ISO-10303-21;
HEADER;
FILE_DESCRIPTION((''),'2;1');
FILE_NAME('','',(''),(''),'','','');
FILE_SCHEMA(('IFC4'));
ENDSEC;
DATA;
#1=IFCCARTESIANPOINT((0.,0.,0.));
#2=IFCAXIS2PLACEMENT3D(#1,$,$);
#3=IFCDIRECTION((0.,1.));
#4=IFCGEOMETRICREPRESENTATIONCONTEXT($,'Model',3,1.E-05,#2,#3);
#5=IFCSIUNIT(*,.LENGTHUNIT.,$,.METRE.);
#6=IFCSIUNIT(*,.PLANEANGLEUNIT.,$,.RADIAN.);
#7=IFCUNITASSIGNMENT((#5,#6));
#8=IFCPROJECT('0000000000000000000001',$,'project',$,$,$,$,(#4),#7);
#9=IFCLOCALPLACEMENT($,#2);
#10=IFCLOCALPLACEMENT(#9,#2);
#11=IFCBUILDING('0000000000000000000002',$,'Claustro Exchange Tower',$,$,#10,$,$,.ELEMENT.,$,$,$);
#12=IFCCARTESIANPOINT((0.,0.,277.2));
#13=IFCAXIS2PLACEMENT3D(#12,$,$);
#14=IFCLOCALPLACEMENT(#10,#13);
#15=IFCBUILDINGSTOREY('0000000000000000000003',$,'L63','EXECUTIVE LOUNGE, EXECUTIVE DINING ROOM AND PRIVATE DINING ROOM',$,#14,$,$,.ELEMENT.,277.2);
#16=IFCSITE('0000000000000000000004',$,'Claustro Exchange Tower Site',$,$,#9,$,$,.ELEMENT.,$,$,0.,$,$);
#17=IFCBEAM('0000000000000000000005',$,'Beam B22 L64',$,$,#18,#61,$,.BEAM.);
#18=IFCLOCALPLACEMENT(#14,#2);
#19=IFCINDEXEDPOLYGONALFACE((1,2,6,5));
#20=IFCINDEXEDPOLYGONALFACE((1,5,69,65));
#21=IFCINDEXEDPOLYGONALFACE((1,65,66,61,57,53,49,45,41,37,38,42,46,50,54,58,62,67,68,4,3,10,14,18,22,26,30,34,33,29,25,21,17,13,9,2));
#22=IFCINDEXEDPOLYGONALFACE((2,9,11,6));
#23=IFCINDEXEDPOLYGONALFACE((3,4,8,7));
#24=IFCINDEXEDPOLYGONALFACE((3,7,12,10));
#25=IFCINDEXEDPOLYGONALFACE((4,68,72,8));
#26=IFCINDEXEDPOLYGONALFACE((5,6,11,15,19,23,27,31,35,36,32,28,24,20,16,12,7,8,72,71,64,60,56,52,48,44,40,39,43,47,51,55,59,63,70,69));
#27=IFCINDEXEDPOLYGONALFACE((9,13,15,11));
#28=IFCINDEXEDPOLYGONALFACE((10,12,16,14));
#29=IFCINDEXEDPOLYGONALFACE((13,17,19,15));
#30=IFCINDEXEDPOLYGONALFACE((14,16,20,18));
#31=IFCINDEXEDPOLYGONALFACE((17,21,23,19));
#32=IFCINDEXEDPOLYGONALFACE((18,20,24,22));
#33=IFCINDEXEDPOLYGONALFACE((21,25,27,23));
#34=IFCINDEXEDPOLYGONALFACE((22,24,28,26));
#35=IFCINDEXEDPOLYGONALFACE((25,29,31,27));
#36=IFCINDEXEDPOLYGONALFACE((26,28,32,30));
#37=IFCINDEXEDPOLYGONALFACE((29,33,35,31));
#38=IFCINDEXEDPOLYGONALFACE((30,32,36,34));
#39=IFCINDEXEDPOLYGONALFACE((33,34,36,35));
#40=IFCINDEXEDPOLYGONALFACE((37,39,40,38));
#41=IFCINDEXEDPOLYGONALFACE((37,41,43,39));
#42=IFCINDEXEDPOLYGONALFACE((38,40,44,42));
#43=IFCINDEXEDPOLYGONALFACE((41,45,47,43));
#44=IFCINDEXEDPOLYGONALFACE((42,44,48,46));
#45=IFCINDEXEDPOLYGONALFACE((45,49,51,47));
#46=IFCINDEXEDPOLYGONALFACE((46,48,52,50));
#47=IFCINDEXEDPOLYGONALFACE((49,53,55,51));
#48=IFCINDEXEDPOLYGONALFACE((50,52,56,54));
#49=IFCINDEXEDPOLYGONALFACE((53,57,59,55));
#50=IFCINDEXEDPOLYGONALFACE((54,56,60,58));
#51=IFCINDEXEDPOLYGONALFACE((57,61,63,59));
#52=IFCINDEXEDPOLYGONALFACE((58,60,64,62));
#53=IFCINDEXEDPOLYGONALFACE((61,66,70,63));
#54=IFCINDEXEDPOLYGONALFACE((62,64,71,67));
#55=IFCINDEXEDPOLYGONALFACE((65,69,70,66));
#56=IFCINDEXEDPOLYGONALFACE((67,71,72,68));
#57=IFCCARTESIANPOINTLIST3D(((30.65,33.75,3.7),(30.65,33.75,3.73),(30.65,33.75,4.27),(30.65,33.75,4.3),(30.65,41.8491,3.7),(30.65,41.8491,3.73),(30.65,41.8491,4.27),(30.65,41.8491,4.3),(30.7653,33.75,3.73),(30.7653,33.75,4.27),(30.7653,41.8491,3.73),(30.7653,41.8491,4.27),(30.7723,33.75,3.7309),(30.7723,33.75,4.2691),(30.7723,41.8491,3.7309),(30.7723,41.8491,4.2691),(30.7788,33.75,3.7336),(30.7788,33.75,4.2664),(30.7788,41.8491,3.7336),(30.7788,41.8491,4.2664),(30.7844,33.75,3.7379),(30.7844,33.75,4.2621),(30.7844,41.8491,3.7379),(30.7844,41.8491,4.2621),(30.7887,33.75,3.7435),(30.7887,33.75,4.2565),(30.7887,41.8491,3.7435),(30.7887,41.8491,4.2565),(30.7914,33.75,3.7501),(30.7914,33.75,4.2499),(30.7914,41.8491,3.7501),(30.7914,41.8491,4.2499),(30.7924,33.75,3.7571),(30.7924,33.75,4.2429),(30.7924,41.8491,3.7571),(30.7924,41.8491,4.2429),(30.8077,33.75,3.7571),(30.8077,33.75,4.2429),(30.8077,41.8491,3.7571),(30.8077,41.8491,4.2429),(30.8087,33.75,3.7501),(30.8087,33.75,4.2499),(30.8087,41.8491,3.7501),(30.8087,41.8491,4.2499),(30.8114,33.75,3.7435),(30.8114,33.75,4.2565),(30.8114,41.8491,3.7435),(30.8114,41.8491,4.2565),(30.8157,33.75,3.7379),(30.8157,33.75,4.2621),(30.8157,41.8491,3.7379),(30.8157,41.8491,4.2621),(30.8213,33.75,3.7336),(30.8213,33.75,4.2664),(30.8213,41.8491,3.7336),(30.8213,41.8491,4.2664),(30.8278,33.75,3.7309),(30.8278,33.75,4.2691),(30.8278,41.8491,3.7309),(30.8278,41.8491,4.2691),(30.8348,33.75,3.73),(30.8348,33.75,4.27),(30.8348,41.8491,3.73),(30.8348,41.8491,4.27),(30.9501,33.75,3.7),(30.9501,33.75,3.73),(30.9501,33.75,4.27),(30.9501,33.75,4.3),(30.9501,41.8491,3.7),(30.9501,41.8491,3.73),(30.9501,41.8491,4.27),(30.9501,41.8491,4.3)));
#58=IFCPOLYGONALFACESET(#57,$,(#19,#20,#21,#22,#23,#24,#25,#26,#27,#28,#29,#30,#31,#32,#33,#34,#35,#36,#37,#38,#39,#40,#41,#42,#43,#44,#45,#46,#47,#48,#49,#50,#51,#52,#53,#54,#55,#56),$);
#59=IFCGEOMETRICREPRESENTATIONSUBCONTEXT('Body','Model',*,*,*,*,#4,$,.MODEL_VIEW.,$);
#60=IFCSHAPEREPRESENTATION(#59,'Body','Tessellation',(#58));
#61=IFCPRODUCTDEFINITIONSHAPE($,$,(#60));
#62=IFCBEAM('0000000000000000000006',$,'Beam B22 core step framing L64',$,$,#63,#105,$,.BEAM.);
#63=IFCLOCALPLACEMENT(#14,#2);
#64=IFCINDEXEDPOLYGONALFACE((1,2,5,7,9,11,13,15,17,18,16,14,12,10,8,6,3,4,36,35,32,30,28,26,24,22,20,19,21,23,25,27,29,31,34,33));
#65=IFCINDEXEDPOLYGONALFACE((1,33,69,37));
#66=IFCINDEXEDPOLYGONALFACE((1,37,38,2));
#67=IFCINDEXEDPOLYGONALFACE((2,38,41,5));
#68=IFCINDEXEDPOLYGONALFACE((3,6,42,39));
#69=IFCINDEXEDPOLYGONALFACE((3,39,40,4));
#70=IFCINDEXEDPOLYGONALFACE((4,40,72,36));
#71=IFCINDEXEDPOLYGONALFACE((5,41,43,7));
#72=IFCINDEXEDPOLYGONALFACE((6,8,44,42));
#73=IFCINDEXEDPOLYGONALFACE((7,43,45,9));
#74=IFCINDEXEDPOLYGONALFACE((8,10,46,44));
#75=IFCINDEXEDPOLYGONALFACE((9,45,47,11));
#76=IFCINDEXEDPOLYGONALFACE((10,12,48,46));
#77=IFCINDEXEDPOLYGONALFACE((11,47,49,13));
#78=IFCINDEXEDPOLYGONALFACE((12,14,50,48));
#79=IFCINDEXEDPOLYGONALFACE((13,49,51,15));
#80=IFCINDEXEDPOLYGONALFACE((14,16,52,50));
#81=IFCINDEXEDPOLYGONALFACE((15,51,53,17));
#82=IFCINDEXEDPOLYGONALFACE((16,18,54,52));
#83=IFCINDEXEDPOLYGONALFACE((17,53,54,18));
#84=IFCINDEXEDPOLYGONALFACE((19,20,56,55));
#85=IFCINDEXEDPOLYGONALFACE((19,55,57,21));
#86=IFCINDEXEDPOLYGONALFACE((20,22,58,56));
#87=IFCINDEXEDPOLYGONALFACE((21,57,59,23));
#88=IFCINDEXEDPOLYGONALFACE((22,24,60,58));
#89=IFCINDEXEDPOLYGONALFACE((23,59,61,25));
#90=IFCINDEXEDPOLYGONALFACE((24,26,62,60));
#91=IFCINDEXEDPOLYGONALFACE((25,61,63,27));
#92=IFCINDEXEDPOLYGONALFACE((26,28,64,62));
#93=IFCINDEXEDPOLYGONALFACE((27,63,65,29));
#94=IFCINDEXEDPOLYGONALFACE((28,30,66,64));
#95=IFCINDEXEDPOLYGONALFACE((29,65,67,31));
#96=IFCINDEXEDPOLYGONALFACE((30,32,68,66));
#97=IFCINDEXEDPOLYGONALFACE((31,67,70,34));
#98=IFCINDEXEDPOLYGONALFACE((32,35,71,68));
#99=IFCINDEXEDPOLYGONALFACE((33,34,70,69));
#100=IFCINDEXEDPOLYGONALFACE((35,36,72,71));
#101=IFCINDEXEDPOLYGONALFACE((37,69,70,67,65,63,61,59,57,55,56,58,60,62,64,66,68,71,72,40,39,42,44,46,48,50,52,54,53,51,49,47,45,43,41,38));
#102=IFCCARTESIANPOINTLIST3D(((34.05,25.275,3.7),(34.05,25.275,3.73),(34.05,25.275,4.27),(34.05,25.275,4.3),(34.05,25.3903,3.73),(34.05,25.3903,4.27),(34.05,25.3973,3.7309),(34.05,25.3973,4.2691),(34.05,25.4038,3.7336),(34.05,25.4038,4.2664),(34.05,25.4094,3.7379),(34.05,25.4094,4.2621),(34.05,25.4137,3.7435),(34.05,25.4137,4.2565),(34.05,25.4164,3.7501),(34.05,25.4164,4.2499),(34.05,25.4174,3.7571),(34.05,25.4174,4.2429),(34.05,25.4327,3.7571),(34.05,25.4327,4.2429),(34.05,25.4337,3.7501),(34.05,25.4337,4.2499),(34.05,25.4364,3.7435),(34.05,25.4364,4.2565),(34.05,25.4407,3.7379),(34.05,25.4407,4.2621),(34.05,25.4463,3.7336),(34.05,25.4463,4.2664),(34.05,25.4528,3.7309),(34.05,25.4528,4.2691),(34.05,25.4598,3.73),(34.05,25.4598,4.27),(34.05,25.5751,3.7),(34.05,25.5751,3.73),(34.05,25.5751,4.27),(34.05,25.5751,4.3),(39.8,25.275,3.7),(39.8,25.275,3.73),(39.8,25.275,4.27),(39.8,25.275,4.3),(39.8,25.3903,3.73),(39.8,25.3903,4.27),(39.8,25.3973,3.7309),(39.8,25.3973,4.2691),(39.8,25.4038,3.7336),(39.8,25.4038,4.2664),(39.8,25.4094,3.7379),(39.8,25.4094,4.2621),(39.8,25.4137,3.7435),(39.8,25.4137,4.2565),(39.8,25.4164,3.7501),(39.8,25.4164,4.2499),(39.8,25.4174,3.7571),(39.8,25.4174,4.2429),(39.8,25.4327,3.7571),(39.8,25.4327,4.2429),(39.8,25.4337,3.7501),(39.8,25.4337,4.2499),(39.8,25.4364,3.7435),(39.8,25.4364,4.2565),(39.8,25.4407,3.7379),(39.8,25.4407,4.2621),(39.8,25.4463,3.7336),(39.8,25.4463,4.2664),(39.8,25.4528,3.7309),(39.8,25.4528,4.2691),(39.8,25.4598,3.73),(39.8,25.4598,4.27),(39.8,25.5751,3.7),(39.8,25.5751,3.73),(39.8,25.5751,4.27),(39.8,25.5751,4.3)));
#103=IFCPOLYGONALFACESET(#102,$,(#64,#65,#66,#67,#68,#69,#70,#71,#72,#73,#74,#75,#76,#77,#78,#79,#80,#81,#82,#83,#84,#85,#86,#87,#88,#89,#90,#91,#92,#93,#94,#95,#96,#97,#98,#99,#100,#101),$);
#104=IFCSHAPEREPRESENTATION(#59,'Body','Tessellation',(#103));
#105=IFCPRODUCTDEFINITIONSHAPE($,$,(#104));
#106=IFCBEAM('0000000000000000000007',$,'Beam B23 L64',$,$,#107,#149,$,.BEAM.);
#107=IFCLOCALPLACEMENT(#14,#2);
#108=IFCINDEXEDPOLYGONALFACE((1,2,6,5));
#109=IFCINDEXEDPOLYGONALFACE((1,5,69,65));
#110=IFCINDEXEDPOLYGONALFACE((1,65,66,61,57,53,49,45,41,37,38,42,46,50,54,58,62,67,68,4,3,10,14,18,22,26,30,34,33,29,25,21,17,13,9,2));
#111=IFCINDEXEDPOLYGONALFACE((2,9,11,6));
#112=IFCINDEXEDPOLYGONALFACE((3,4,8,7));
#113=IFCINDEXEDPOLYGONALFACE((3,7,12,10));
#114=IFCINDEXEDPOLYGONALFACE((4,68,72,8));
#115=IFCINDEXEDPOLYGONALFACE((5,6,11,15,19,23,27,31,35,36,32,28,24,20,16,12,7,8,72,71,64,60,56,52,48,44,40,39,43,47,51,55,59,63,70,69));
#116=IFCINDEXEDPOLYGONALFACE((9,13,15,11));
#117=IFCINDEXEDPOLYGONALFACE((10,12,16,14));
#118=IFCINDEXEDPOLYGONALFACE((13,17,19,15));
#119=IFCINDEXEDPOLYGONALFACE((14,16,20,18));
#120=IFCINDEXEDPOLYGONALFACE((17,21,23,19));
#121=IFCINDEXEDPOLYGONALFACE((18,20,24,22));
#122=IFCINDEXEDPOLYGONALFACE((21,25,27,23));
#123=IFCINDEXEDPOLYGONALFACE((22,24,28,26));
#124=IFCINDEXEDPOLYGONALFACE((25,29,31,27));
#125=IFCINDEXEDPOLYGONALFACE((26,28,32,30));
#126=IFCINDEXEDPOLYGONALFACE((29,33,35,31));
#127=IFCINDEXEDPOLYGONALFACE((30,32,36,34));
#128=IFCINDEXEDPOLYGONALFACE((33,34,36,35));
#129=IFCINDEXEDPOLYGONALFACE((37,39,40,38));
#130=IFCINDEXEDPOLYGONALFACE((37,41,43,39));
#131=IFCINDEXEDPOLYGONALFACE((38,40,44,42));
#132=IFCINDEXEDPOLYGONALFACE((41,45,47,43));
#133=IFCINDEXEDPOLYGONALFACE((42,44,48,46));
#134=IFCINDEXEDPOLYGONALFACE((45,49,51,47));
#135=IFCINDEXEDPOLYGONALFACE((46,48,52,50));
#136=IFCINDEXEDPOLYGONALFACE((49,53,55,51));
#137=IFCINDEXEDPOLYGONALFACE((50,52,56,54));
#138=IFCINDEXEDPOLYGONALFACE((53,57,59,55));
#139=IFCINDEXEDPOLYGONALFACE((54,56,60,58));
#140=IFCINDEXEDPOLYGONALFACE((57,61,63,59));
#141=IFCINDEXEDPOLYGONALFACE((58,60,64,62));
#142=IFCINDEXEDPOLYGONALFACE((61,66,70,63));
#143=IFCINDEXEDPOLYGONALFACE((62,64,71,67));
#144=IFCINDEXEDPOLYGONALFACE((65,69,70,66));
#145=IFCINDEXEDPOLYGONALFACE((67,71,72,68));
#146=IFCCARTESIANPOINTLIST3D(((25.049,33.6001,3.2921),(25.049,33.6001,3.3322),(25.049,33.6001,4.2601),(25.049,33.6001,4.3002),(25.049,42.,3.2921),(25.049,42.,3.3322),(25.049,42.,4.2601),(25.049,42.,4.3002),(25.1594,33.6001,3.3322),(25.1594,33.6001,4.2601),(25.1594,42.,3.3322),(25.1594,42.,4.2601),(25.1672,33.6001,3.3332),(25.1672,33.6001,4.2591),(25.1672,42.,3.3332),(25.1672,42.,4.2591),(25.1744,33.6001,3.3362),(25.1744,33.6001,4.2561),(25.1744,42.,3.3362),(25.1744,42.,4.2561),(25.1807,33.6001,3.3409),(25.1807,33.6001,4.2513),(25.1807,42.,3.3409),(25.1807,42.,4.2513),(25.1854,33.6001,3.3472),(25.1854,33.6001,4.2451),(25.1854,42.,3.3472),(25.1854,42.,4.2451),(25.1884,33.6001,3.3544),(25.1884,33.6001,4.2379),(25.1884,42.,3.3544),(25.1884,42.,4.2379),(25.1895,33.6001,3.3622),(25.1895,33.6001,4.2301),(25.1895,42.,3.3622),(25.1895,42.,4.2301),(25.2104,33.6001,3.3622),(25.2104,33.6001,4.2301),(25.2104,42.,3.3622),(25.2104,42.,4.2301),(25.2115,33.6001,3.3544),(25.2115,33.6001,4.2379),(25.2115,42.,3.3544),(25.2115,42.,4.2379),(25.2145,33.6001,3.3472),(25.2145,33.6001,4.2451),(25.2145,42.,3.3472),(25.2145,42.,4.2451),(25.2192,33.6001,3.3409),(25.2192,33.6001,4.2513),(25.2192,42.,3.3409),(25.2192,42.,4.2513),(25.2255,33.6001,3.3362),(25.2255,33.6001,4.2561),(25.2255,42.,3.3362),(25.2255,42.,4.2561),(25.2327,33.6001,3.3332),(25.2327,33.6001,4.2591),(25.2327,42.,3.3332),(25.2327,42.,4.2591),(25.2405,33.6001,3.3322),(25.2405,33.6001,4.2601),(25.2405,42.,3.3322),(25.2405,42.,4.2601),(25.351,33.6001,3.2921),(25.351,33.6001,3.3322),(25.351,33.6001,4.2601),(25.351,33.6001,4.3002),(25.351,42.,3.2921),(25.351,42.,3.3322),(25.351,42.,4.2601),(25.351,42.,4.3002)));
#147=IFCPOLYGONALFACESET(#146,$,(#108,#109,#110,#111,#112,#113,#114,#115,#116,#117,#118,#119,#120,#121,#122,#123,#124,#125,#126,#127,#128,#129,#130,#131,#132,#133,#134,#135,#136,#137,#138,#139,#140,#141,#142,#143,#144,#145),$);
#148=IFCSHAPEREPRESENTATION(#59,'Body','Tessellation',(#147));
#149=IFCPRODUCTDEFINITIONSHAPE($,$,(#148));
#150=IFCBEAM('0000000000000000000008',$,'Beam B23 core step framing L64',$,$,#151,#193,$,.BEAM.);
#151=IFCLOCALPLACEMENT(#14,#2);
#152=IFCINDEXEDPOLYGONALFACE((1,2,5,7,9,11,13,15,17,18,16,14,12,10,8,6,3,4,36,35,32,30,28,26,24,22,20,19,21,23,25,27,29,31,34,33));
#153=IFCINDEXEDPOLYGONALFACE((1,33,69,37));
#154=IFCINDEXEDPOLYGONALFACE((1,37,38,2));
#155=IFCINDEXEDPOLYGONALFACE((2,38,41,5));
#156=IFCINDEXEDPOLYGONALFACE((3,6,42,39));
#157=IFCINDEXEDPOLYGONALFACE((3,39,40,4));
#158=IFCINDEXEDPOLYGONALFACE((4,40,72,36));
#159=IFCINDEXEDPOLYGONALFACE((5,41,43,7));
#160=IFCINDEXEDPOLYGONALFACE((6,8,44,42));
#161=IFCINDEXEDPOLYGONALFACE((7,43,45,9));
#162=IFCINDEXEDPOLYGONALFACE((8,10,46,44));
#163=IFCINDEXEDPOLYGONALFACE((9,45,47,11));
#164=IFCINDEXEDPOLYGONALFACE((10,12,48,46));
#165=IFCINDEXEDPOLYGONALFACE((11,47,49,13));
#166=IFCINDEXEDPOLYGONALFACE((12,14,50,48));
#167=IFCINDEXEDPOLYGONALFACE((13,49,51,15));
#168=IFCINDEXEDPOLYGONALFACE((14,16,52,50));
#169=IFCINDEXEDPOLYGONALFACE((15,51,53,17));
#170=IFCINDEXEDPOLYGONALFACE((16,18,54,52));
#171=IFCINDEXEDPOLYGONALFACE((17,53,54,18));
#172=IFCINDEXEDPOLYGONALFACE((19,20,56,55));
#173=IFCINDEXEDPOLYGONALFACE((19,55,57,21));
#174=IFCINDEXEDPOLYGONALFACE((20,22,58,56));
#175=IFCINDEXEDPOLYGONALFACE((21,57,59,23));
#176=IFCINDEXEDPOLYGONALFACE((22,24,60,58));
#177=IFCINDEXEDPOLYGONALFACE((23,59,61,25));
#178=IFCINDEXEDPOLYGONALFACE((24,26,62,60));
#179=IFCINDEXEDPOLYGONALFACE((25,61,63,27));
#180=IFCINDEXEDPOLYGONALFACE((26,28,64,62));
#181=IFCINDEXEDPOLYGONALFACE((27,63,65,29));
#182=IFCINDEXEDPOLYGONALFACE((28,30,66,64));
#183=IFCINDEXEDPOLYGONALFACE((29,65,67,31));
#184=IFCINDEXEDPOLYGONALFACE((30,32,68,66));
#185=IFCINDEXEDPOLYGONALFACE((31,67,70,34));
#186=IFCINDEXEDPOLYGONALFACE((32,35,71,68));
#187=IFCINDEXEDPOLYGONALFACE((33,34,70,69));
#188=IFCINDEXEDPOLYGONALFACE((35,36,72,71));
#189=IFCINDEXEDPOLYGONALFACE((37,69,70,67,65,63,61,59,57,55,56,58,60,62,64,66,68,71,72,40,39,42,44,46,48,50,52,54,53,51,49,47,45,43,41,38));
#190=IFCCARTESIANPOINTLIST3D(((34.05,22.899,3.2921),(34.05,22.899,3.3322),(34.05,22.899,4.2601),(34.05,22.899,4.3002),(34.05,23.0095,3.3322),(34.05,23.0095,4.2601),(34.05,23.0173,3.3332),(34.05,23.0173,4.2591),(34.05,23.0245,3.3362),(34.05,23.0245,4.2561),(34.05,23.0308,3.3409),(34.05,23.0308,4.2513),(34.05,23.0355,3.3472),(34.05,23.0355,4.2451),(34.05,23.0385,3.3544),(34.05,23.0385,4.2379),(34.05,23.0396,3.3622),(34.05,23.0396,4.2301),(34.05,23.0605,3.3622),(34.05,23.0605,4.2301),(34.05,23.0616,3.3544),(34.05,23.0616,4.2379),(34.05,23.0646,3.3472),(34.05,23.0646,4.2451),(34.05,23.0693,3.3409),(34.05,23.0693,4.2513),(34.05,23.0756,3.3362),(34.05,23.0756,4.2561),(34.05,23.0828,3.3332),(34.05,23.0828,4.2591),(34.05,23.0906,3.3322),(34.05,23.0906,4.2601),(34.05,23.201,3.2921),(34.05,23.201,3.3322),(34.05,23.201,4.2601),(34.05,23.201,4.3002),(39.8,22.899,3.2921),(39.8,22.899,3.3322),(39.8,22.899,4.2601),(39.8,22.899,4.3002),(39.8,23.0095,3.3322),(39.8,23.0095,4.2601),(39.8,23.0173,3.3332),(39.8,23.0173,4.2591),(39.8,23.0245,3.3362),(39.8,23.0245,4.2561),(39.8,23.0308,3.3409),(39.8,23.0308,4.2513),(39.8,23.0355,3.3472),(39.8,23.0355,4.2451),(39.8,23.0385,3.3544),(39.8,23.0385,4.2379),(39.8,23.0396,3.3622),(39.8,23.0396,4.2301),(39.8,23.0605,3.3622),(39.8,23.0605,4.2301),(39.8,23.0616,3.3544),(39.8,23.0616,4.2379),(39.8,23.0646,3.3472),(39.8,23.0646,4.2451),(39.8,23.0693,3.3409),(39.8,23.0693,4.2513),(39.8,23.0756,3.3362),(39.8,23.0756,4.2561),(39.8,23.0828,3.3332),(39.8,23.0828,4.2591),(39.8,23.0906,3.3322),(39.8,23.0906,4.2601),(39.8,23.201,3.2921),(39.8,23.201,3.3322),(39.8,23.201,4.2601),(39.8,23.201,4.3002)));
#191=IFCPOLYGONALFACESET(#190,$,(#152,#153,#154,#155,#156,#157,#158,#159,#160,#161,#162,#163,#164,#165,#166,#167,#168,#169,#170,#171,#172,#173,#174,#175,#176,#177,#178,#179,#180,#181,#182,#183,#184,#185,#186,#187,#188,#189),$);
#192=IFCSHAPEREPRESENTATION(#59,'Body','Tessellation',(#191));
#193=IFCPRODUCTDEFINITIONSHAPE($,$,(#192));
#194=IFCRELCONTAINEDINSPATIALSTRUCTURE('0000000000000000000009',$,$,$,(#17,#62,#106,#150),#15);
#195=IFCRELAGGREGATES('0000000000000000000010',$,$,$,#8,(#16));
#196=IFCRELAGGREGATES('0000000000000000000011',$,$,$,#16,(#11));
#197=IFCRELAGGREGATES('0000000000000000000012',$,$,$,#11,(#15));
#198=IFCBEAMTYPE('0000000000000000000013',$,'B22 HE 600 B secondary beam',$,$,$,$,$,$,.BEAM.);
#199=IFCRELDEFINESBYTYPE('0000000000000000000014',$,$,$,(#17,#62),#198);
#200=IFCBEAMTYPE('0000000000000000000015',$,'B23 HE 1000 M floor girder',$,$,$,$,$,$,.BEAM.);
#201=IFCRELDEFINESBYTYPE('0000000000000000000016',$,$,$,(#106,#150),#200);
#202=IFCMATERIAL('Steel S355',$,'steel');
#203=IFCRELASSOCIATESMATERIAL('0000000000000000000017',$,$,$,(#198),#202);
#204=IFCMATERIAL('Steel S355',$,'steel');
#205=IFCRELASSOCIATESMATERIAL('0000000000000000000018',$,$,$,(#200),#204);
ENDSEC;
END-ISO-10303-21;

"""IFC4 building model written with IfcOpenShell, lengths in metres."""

from ifc_helpers import new_model, si_unit, direction, frame, origin, origin_2d, place, context, subcontext, project, spatial, i_section, extrude, material, material_profile, profile_set, type_object, element, save


model = new_model("IFC4")

# Units and contexts
model_context = context("Model", 3, precision=1e-05, world=origin(), true_north=direction((0.0, 1.0)))
body_context = subcontext(model_context, "Body", "Model", "MODEL_VIEW")
ifc_project = project(units=[si_unit("LENGTHUNIT", "METRE"), si_unit("PLANEANGLEUNIT", "RADIAN")], contexts=[model_context])

# Site, building, storey
site_placement = place(None, origin())
site = spatial("IfcSite", under=ifc_project, at=site_placement, Name="Claustro Exchange Tower Site", CompositionType="ELEMENT", RefElevation=0.0)
building_placement = place(site_placement, origin())
building = spatial("IfcBuilding", under=site, at=building_placement, Name="Claustro Exchange Tower", CompositionType="ELEMENT")
storey_placement = place(building_placement, frame((0.0, 0.0, 277.2)))
storey = spatial("IfcBuildingStorey", under=building, at=storey_placement, Name="L63", Description="EXECUTIVE LOUNGE, EXECUTIVE DINING ROOM AND PRIVATE DINING ROOM", CompositionType="ELEMENT", Elevation=277.2)

# Beams
ifc_material_1 = material(Name="Steel S355", Category="steel")
ifc_material_profile_1 = material_profile(ifc_material_1, i_section(OverallWidth=0.3, OverallDepth=0.6001, WebThickness=0.0154, FlangeThickness=0.03, FilletRadius=0.0271, at=origin_2d()), Name="HE 600 B")
ifc_profile_set_1 = profile_set([ifc_material_profile_1], Name="Steel S355")
beam_type_1 = type_object("IfcBeamType", Name="B22 HE 600 B secondary beam", PredefinedType="BEAM", material=ifc_profile_set_1)
for number, where, z_axis, x_axis, name in (
    (1, (30.8, 33.75, 4.0), (0.0, 1.0, 0.0), (-1.0, 0.0, 0.0), "Beam B22 L64"),
):
    element("IfcBeam", number, at=place(storey_placement, frame(where, z_axis=z_axis, x_axis=x_axis)), inside=storey, type_object=beam_type_1, Name=name, PredefinedType="BEAM", context=body_context, shape_type="SweptSolid", body=[
        extrude(i_section(OverallWidth=0.3, OverallDepth=0.6001, WebThickness=0.0154, FlangeThickness=0.03, FilletRadius=0.0271, at=origin_2d()), origin(), (0.0, 0.0, 1.0), 8.0991),
    ])
beam_1_placement = place(storey_placement, frame((34.05, 25.425, 4.0), z_axis=(1.0, 0.0, 0.0), x_axis=(0.0, 1.0, 0.0)))
element("IfcBeam", 2, at=beam_1_placement, inside=storey, type_object=beam_type_1, Name="Beam B22 core step framing L64", PredefinedType="BEAM", context=body_context, shape_type="SweptSolid", body=[
    extrude(i_section(OverallWidth=0.3, OverallDepth=0.6001, WebThickness=0.0154, FlangeThickness=0.03, FilletRadius=0.0271, at=origin_2d()), origin(), (0.0, 0.0, 1.0), 5.75),
])
ifc_material_2 = material(Name="Steel S355", Category="steel")
ifc_material_profile_2 = material_profile(ifc_material_2, i_section(OverallWidth=0.302, OverallDepth=1.0081, WebThickness=0.021, FlangeThickness=0.04, FilletRadius=0.03, at=origin_2d()), Name="HE 1000 M")
ifc_profile_set_2 = profile_set([ifc_material_profile_2], Name="Steel S355")
beam_type_2 = type_object("IfcBeamType", Name="B23 HE 1000 M floor girder", PredefinedType="BEAM", material=ifc_profile_set_2)
beam_2_placement = place(storey_placement, frame((25.2, 33.6001, 3.7961), z_axis=(0.0, 1.0, 0.0), x_axis=(-1.0, 0.0, 0.0)))
element("IfcBeam", 3, at=beam_2_placement, inside=storey, type_object=beam_type_2, Name="Beam B23 L64", PredefinedType="BEAM", context=body_context, shape_type="SweptSolid", body=[
    extrude(i_section(OverallWidth=0.302, OverallDepth=1.0081, WebThickness=0.021, FlangeThickness=0.04, FilletRadius=0.03, at=origin_2d()), origin(), (0.0, 0.0, 1.0), 8.3999),
])
beam_3_placement = place(storey_placement, frame((34.05, 23.05, 3.7961), z_axis=(1.0, 0.0, 0.0), x_axis=(0.0, 1.0, 0.0)))
element("IfcBeam", 4, at=beam_3_placement, inside=storey, type_object=beam_type_2, Name="Beam B23 core step framing L64", PredefinedType="BEAM", context=body_context, shape_type="SweptSolid", body=[
    extrude(i_section(OverallWidth=0.302, OverallDepth=1.0081, WebThickness=0.021, FlangeThickness=0.04, FilletRadius=0.03, at=origin_2d()), origin(), (0.0, 0.0, 1.0), 5.75),
])

save(model, "model.ifc")
